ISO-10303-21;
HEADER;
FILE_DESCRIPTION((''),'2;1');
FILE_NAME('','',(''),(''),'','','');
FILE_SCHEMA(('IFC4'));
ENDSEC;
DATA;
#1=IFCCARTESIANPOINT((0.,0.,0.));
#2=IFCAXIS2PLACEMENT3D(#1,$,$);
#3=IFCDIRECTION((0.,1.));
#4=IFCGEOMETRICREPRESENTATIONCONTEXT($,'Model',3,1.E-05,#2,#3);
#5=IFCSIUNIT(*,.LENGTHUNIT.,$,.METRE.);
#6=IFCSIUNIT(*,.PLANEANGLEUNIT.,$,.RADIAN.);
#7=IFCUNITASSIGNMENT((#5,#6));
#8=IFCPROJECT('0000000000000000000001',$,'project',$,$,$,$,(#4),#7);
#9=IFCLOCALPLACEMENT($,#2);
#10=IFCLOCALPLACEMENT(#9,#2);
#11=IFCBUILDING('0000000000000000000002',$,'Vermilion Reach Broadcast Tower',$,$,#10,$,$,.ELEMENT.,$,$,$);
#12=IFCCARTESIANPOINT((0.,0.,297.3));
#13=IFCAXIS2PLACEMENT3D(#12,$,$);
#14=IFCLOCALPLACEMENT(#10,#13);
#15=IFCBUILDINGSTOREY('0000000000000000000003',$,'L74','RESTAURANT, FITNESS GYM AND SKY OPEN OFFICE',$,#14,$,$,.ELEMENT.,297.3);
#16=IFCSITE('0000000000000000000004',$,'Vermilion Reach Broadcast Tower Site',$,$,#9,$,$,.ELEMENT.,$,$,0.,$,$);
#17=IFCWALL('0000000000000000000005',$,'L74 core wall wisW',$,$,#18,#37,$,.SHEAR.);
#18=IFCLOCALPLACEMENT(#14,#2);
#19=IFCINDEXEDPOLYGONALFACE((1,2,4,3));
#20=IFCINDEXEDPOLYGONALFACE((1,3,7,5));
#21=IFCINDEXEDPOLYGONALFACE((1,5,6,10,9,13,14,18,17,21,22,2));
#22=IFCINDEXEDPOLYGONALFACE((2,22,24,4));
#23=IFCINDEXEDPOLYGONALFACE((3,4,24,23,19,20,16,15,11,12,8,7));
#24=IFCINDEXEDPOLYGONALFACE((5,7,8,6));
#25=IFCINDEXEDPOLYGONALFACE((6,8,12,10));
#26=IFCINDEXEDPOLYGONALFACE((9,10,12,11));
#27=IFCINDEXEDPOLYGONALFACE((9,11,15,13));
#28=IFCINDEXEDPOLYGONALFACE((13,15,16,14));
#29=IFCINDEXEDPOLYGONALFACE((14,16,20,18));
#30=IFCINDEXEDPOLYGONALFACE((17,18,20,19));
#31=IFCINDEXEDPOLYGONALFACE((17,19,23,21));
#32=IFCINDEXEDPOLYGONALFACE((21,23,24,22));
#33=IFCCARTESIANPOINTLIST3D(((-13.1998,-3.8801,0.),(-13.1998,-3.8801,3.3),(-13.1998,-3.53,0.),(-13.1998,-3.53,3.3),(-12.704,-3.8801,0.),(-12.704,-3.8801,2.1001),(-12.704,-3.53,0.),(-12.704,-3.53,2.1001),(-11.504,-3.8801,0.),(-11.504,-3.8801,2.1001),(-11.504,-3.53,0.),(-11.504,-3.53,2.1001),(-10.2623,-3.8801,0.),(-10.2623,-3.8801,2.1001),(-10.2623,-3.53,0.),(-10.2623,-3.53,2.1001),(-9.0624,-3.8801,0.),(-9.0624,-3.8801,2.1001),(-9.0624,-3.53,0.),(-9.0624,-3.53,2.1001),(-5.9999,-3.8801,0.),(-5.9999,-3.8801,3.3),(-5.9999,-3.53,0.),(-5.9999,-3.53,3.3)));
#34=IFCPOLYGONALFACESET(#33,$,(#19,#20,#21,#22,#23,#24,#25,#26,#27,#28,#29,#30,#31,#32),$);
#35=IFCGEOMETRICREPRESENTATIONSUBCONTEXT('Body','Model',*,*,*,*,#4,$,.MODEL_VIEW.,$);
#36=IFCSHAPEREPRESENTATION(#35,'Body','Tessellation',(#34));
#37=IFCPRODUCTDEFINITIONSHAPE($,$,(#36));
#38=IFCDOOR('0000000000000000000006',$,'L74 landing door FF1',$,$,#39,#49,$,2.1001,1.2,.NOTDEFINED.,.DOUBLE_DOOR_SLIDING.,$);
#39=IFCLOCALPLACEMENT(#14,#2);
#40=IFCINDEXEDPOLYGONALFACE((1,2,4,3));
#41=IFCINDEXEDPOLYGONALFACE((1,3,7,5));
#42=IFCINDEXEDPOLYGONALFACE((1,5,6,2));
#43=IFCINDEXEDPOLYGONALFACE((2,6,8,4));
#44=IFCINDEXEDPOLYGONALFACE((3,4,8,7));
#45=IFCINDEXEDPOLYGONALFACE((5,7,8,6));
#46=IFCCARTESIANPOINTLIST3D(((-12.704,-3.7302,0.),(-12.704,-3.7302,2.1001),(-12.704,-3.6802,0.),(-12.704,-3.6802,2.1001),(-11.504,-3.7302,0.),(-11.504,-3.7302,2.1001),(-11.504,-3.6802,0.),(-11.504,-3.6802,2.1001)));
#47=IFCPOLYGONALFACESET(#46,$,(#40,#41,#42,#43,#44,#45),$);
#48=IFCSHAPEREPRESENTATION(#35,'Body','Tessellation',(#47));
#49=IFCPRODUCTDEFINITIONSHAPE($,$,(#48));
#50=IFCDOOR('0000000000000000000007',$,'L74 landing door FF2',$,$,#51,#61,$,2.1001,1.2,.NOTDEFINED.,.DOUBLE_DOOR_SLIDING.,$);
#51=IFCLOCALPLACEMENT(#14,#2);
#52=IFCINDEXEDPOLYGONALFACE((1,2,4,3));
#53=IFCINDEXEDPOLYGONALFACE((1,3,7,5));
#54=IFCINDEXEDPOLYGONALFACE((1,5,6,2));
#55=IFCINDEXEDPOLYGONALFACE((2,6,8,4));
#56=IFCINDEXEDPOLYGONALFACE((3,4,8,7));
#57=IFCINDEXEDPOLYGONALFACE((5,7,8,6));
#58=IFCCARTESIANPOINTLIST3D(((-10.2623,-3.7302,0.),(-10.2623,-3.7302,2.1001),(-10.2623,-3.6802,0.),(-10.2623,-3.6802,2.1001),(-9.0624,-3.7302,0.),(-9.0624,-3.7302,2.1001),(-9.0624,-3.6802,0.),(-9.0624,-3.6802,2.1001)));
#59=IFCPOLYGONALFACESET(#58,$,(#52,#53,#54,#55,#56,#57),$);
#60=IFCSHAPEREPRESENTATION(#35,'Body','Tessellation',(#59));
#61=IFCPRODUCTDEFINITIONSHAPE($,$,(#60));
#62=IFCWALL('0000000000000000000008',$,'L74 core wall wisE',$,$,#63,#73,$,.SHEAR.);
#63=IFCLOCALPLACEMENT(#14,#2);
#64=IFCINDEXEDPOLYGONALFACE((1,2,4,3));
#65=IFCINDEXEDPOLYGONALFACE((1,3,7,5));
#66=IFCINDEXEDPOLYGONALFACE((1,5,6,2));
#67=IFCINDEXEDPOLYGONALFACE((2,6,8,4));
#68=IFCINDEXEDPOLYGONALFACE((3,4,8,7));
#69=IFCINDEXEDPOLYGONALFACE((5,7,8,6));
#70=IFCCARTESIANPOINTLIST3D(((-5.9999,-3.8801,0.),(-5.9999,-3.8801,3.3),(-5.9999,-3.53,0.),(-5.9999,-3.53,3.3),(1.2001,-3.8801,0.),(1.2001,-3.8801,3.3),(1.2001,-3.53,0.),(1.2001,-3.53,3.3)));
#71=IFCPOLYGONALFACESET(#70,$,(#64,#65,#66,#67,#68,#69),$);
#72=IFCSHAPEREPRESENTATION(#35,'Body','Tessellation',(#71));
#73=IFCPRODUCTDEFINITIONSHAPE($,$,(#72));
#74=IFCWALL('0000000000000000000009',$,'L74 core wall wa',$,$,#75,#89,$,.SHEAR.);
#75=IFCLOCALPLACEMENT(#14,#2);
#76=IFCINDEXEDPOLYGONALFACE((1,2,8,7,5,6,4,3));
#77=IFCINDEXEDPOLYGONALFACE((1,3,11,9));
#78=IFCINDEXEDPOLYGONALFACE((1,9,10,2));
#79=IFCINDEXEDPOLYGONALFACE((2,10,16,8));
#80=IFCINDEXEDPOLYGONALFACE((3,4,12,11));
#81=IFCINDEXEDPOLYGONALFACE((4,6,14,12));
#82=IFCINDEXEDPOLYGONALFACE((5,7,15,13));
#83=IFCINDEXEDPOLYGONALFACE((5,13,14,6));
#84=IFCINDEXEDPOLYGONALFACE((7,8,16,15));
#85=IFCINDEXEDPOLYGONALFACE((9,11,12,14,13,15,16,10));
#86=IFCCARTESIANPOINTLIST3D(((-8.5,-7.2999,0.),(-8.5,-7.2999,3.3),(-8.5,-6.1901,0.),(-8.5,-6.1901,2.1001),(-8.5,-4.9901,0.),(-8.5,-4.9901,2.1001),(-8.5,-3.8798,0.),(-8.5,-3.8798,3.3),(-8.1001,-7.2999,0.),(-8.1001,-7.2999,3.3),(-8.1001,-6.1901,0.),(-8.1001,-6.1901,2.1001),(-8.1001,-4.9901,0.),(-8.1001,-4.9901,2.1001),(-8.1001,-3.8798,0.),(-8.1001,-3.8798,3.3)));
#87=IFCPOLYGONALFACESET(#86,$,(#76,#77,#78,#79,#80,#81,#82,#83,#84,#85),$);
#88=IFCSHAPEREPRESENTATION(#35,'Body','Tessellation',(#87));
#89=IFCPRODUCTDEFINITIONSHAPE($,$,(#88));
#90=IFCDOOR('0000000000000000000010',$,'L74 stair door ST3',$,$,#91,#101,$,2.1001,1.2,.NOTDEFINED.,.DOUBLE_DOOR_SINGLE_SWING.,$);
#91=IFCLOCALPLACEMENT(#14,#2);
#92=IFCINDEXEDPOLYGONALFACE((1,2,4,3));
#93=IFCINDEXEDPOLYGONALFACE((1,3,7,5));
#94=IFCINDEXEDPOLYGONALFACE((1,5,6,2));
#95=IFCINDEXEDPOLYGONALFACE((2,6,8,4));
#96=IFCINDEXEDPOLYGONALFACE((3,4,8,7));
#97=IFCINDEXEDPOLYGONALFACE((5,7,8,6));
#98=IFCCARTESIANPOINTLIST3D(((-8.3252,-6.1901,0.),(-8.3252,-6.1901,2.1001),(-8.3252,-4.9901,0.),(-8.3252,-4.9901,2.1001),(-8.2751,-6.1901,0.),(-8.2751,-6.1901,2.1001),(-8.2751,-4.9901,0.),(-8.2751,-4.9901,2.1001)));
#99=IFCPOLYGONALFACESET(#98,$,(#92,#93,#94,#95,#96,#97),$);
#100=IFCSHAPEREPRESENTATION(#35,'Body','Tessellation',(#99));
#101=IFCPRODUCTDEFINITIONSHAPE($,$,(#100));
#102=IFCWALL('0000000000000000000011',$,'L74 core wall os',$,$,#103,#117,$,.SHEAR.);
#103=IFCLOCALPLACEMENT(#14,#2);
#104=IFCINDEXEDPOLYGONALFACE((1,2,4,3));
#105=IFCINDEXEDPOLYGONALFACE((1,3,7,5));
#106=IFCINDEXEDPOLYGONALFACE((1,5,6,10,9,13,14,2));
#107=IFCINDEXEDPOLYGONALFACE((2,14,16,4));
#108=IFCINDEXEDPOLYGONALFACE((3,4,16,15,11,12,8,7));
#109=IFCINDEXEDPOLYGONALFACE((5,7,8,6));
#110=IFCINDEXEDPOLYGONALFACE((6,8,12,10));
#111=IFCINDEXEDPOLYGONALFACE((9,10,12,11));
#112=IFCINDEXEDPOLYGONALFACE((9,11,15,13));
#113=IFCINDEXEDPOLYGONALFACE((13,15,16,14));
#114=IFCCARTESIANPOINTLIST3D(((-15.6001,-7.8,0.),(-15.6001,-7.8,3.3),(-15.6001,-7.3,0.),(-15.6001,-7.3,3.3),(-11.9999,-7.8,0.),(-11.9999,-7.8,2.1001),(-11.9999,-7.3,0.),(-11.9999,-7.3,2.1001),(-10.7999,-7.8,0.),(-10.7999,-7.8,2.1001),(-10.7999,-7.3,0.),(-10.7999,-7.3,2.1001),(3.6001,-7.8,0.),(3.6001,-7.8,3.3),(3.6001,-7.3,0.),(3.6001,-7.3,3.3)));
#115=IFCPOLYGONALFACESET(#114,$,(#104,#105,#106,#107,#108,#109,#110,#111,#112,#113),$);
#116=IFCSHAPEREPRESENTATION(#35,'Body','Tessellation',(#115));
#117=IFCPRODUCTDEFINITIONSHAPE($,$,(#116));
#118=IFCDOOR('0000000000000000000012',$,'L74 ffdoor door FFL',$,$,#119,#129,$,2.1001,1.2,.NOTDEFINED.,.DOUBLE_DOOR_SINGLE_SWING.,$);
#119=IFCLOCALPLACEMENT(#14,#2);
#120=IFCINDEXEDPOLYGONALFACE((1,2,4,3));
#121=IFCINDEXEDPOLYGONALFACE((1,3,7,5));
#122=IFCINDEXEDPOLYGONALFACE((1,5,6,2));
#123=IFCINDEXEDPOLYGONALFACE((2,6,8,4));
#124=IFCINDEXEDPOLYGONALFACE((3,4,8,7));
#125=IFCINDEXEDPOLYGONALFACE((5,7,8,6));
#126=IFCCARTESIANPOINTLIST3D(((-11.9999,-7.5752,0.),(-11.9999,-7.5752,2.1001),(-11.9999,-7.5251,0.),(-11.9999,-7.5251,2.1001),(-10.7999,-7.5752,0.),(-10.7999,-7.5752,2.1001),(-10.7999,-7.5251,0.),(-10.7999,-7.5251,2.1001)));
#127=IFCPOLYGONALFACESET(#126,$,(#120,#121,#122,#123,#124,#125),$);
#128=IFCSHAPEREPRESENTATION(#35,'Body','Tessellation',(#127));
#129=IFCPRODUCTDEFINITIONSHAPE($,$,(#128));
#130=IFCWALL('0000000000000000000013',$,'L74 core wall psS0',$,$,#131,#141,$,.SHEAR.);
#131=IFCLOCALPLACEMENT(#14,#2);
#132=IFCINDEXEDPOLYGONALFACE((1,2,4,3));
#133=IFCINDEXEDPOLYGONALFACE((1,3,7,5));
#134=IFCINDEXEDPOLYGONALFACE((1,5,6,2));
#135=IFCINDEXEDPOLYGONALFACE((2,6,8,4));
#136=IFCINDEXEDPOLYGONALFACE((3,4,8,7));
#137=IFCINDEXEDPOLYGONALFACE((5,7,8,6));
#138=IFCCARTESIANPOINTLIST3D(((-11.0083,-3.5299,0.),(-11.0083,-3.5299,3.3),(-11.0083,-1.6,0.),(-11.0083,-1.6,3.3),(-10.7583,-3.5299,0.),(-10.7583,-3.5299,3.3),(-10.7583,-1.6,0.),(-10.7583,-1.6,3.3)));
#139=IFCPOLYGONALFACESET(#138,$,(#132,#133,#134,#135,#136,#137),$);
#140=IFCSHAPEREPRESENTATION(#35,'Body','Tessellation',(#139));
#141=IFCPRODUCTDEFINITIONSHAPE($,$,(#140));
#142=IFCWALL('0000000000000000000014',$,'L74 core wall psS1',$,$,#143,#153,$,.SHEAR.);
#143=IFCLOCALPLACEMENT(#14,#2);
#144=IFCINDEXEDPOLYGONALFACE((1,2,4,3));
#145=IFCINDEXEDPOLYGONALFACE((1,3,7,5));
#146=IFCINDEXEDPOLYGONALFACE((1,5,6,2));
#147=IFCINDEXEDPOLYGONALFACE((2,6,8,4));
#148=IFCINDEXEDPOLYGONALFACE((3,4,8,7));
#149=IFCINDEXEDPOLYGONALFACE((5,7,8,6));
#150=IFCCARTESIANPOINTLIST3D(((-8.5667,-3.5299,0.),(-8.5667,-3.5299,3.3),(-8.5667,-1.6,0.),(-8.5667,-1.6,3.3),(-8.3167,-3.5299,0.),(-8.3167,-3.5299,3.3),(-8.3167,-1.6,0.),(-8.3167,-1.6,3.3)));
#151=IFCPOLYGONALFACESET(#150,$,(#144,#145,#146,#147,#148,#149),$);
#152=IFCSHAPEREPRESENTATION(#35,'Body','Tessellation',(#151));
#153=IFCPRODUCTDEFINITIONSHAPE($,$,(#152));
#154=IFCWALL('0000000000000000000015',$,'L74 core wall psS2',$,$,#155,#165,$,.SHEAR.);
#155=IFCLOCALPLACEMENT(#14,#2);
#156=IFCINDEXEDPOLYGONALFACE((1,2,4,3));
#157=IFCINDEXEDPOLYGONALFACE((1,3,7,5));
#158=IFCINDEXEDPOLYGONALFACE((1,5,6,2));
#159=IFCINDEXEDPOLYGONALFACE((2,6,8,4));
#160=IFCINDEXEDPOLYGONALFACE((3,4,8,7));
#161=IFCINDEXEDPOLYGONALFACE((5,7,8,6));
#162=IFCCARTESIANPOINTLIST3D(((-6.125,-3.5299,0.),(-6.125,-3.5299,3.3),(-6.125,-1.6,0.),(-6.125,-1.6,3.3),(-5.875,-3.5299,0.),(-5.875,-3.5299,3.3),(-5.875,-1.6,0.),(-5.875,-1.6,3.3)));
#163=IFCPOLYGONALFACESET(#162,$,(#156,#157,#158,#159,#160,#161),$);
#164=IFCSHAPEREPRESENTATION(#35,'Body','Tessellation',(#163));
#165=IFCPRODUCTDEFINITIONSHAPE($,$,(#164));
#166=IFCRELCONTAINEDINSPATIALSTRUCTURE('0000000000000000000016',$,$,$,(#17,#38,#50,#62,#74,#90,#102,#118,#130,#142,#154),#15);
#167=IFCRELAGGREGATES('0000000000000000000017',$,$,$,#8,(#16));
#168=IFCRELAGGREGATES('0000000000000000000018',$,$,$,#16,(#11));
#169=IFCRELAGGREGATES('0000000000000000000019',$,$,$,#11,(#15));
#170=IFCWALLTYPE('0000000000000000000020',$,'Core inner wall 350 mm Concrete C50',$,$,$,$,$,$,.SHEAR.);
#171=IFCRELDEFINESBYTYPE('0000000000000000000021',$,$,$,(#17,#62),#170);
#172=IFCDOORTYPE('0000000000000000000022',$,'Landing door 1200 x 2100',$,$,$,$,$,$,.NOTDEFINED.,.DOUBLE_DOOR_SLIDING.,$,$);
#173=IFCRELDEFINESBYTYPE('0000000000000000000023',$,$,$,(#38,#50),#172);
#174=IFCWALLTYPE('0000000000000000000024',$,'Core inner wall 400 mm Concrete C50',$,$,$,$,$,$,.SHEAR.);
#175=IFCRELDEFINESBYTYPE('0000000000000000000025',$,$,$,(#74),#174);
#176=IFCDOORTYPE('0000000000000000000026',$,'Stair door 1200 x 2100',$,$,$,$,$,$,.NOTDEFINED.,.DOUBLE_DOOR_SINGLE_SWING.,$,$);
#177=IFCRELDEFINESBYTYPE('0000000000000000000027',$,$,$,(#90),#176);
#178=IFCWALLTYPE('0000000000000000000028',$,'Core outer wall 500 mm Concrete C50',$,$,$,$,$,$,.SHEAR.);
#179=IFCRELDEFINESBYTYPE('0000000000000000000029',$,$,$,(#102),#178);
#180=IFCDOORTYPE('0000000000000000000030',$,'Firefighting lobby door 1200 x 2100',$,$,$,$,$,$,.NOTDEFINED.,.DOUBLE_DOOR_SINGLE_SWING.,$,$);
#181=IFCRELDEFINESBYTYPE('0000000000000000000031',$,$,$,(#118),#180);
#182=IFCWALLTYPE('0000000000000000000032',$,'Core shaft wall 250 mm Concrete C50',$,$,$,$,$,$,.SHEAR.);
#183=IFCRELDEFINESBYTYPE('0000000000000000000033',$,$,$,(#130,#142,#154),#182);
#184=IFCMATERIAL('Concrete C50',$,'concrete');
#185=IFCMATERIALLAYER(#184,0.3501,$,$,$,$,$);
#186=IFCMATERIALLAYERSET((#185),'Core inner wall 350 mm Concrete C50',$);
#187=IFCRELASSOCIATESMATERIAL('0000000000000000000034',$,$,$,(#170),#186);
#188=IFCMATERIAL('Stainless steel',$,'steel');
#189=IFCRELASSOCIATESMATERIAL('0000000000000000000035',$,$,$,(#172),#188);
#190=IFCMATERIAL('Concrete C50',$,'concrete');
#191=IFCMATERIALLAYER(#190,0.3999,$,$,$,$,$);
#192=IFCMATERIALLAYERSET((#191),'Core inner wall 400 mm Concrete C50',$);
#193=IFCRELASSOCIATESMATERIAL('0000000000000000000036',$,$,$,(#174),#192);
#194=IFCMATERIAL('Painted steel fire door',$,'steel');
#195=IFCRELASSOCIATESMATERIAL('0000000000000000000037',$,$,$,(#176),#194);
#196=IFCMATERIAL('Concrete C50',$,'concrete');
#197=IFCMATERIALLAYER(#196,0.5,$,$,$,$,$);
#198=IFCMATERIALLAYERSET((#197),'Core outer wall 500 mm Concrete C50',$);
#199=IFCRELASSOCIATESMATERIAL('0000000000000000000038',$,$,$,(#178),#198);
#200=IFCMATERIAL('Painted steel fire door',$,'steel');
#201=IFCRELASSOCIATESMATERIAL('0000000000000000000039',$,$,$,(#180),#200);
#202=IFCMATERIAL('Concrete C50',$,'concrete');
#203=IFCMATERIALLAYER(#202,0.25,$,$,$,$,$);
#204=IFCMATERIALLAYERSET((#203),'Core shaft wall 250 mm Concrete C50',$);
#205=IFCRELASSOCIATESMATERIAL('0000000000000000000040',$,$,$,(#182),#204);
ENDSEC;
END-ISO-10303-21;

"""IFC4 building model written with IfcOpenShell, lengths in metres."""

from ifc_helpers import new_model, si_unit, direction, frame, frame_2d, origin, place, context, subcontext, project, spatial, rectangle, extrude, material, layer, layer_set, type_object, element, fill, save


model = new_model("IFC4")

# Units and contexts
model_context = context("Model", 3, precision=1e-05, world=origin(), true_north=direction((0.0, 1.0)))
body_context = subcontext(model_context, "Body", "Model", "MODEL_VIEW")
ifc_project = project(units=[si_unit("LENGTHUNIT", "METRE"), si_unit("PLANEANGLEUNIT", "RADIAN")], contexts=[model_context])

# Site, building, storey
site_placement = place(None, origin())
site = spatial("IfcSite", under=ifc_project, at=site_placement, Name="Vermilion Reach Broadcast Tower Site", CompositionType="ELEMENT", RefElevation=0.0)
building_placement = place(site_placement, origin())
building = spatial("IfcBuilding", under=site, at=building_placement, Name="Vermilion Reach Broadcast Tower", CompositionType="ELEMENT")
storey_placement = place(building_placement, frame((0.0, 0.0, 297.3)))
storey = spatial("IfcBuildingStorey", under=building, at=storey_placement, Name="L74", Description="RESTAURANT, FITNESS GYM AND SKY OPEN OFFICE", CompositionType="ELEMENT", Elevation=297.3)

# Wall, openings, doors
ifc_material_1 = material(Name="Concrete C50", Category="concrete")
ifc_layer_1 = layer(ifc_material_1, 0.3501)
ifc_layer_set_1 = layer_set([ifc_layer_1], Name="Core inner wall 350 mm Concrete C50")
wall_type_1 = type_object("IfcWallType", Name="Core inner wall 350 mm Concrete C50", PredefinedType="SHEAR", material=ifc_layer_set_1)
wall_1_placement = place(storey_placement, frame((-13.2, -3.7051, 0.0), z_axis=(0.0, 0.0, 1.0), x_axis=(1.0, 0.0, 0.0)))
wall_1 = element("IfcWall", 1, at=wall_1_placement, inside=storey, type_object=wall_type_1, Name="L74 core wall wisW", PredefinedType="SHEAR", context=body_context, shape_type="SweptSolid", body=[
    extrude(rectangle(XDim=7.2, YDim=0.3501, at=frame_2d((3.6001, 0.0))), origin(), (0.0, 0.0, 1.0), 3.3),
])
opening_1_placement = place(wall_1_placement, frame((0.4958, 0.0, 0.0)))
opening_1 = element("IfcOpeningElement", 2, at=opening_1_placement, cuts=wall_1, PredefinedType="OPENING", context=body_context, shape_type="SweptSolid", body=[
    extrude(rectangle(XDim=1.2, YDim=2.1001, at=frame_2d((0.6001, 1.05))), frame((0.0, 0.1851, 0.0), z_axis=(0.0, -1.0, 0.0), x_axis=(1.0, 0.0, 0.0)), (0.0, 0.0, 1.0), 0.3701),
])
opening_2_placement = place(wall_1_placement, frame((2.9375, 0.0, 0.0)))
opening_2 = element("IfcOpeningElement", 3, at=opening_2_placement, cuts=wall_1, PredefinedType="OPENING", context=body_context, shape_type="SweptSolid", body=[
    extrude(rectangle(XDim=1.2, YDim=2.1001, at=frame_2d((0.6001, 1.05))), frame((0.0, 0.1851, 0.0), z_axis=(0.0, -1.0, 0.0), x_axis=(1.0, 0.0, 0.0)), (0.0, 0.0, 1.0), 0.3701),
])
ifc_material_2 = material(Name="Stainless steel", Category="steel")
door_type_1 = type_object("IfcDoorType", Name="Landing door 1200 x 2100", OperationType="DOUBLE_DOOR_SLIDING", PredefinedType="NOTDEFINED", material=ifc_material_2)
door_1_placement = place(opening_1_placement, origin())
door_1 = element("IfcDoor", 4, at=door_1_placement, inside=storey, type_object=door_type_1, Name="L74 landing door FF1", OperationType="DOUBLE_DOOR_SLIDING", OverallHeight=2.1001, OverallWidth=1.2, PredefinedType="NOTDEFINED", context=body_context, shape_type="SweptSolid", body=[
    extrude(rectangle(XDim=1.2, YDim=2.1001, at=frame_2d((0.6001, 1.05))), frame((0.0, 0.0249, 0.0), z_axis=(0.0, -1.0, 0.0), x_axis=(1.0, 0.0, 0.0)), (0.0, 0.0, 1.0), 0.05),
])
fill(opening_1, door_1)
door_2_placement = place(opening_2_placement, origin())
door_2 = element("IfcDoor", 5, at=door_2_placement, inside=storey, type_object=door_type_1, Name="L74 landing door FF2", OperationType="DOUBLE_DOOR_SLIDING", OverallHeight=2.1001, OverallWidth=1.2, PredefinedType="NOTDEFINED", context=body_context, shape_type="SweptSolid", body=[
    extrude(rectangle(XDim=1.2, YDim=2.1001, at=frame_2d((0.6001, 1.05))), frame((0.0, 0.0249, 0.0), z_axis=(0.0, -1.0, 0.0), x_axis=(1.0, 0.0, 0.0)), (0.0, 0.0, 1.0), 0.05),
])
fill(opening_2, door_2)

# Wall
wall_2_placement = place(storey_placement, frame((-6.0, -3.7051, 0.0), z_axis=(0.0, 0.0, 1.0), x_axis=(1.0, 0.0, 0.0)))
element("IfcWall", 6, at=wall_2_placement, inside=storey, type_object=wall_type_1, Name="L74 core wall wisE", PredefinedType="SHEAR", context=body_context, shape_type="SweptSolid", body=[
    extrude(rectangle(XDim=7.2, YDim=0.3501, at=frame_2d((3.6001, 0.0))), origin(), (0.0, 0.0, 1.0), 3.3),
])

# Walls, openings, doors
ifc_material_3 = material(Name="Concrete C50", Category="concrete")
ifc_layer_2 = layer(ifc_material_3, 0.3999)
ifc_layer_set_2 = layer_set([ifc_layer_2], Name="Core inner wall 400 mm Concrete C50")
wall_type_2 = type_object("IfcWallType", Name="Core inner wall 400 mm Concrete C50", PredefinedType="SHEAR", material=ifc_layer_set_2)
wall_3_placement = place(storey_placement, frame((-8.3, -3.8799, 0.0), z_axis=(0.0, 0.0, 1.0), x_axis=(0.0, -1.0, 0.0)))
wall_3 = element("IfcWall", 7, at=wall_3_placement, inside=storey, type_object=wall_type_2, Name="L74 core wall wa", PredefinedType="SHEAR", context=body_context, shape_type="SweptSolid", body=[
    extrude(rectangle(XDim=3.4202, YDim=0.3999, at=frame_2d((1.71, 0.0))), origin(), (0.0, 0.0, 1.0), 3.3),
])
opening_3_placement = place(wall_3_placement, frame((1.1101, 0.0, 0.0)))
opening_3 = element("IfcOpeningElement", 8, at=opening_3_placement, cuts=wall_3, PredefinedType="OPENING", context=body_context, shape_type="SweptSolid", body=[
    extrude(rectangle(XDim=1.2, YDim=2.1001, at=frame_2d((0.6001, 1.05))), frame((0.0, 0.21, 0.0), z_axis=(0.0, -1.0, 0.0), x_axis=(1.0, 0.0, 0.0)), (0.0, 0.0, 1.0), 0.4199),
])
ifc_material_4 = material(Name="Painted steel fire door", Category="steel")
door_type_2 = type_object("IfcDoorType", Name="Stair door 1200 x 2100", OperationType="DOUBLE_DOOR_SINGLE_SWING", PredefinedType="NOTDEFINED", material=ifc_material_4)
door_3_placement = place(opening_3_placement, origin())
door_3 = element("IfcDoor", 9, at=door_3_placement, inside=storey, type_object=door_type_2, Name="L74 stair door ST3", OperationType="DOUBLE_DOOR_SINGLE_SWING", OverallHeight=2.1001, OverallWidth=1.2, PredefinedType="NOTDEFINED", context=body_context, shape_type="SweptSolid", body=[
    extrude(rectangle(XDim=1.2, YDim=2.1001, at=frame_2d((0.6001, 1.05))), frame((0.0, 0.0249, 0.0), z_axis=(0.0, -1.0, 0.0), x_axis=(1.0, 0.0, 0.0)), (0.0, 0.0, 1.0), 0.05),
])
fill(opening_3, door_3)
ifc_material_5 = material(Name="Concrete C50", Category="concrete")
ifc_layer_3 = layer(ifc_material_5, 0.5)
ifc_layer_set_3 = layer_set([ifc_layer_3], Name="Core outer wall 500 mm Concrete C50")
wall_type_3 = type_object("IfcWallType", Name="Core outer wall 500 mm Concrete C50", PredefinedType="SHEAR", material=ifc_layer_set_3)
wall_4_placement = place(storey_placement, frame((-15.6001, -7.55, 0.0), z_axis=(0.0, 0.0, 1.0), x_axis=(1.0, 0.0, 0.0)))
wall_4 = element("IfcWall", 10, at=wall_4_placement, inside=storey, type_object=wall_type_3, Name="L74 core wall os", PredefinedType="SHEAR", context=body_context, shape_type="SweptSolid", body=[
    extrude(rectangle(XDim=19.2002, YDim=0.5, at=frame_2d((9.6001, 0.0))), origin(), (0.0, 0.0, 1.0), 3.3),
])
opening_4_placement = place(wall_4_placement, frame((3.6001, 0.0, 0.0)))
opening_4 = element("IfcOpeningElement", 11, at=opening_4_placement, cuts=wall_4, PredefinedType="OPENING", context=body_context, shape_type="SweptSolid", body=[
    extrude(rectangle(XDim=1.2, YDim=2.1001, at=frame_2d((0.6001, 1.05))), frame((0.0, 0.26, 0.0), z_axis=(0.0, -1.0, 0.0), x_axis=(1.0, 0.0, 0.0)), (0.0, 0.0, 1.0), 0.52),
])
ifc_material_6 = material(Name="Painted steel fire door", Category="steel")
door_type_3 = type_object("IfcDoorType", Name="Firefighting lobby door 1200 x 2100", OperationType="DOUBLE_DOOR_SINGLE_SWING", PredefinedType="NOTDEFINED", material=ifc_material_6)
door_4_placement = place(opening_4_placement, origin())
door_4 = element("IfcDoor", 12, at=door_4_placement, inside=storey, type_object=door_type_3, Name="L74 ffdoor door FFL", OperationType="DOUBLE_DOOR_SINGLE_SWING", OverallHeight=2.1001, OverallWidth=1.2, PredefinedType="NOTDEFINED", context=body_context, shape_type="SweptSolid", body=[
    extrude(rectangle(XDim=1.2, YDim=2.1001, at=frame_2d((0.6001, 1.05))), frame((0.0, 0.0249, 0.0), z_axis=(0.0, -1.0, 0.0), x_axis=(1.0, 0.0, 0.0)), (0.0, 0.0, 1.0), 0.05),
])
fill(opening_4, door_4)

# Walls
ifc_material_7 = material(Name="Concrete C50", Category="concrete")
ifc_layer_4 = layer(ifc_material_7, 0.25)
ifc_layer_set_4 = layer_set([ifc_layer_4], Name="Core shaft wall 250 mm Concrete C50")
wall_type_4 = type_object("IfcWallType", Name="Core shaft wall 250 mm Concrete C50", PredefinedType="SHEAR", material=ifc_layer_set_4)
for number, where, z_axis, x_axis, name in (
    (13, (-10.8833, -1.6001, 0.0), (0.0, 0.0, 1.0), (0.0, -1.0, 0.0), "L74 core wall psS0"),
    (14, (-8.4417, -1.6001, 0.0), (0.0, 0.0, 1.0), (0.0, -1.0, 0.0), "L74 core wall psS1"),
    (15, (-6.0, -1.6001, 0.0), (0.0, 0.0, 1.0), (0.0, -1.0, 0.0), "L74 core wall psS2"),
):
    element("IfcWall", number, at=place(storey_placement, frame(where, z_axis=z_axis, x_axis=x_axis)), inside=storey, type_object=wall_type_4, Name=name, PredefinedType="SHEAR", context=body_context, shape_type="SweptSolid", body=[
        extrude(rectangle(XDim=1.9299, YDim=0.25, at=frame_2d((0.9648, 0.0))), origin(), (0.0, 0.0, 1.0), 3.3),
    ])

save(model, "model.ifc")
